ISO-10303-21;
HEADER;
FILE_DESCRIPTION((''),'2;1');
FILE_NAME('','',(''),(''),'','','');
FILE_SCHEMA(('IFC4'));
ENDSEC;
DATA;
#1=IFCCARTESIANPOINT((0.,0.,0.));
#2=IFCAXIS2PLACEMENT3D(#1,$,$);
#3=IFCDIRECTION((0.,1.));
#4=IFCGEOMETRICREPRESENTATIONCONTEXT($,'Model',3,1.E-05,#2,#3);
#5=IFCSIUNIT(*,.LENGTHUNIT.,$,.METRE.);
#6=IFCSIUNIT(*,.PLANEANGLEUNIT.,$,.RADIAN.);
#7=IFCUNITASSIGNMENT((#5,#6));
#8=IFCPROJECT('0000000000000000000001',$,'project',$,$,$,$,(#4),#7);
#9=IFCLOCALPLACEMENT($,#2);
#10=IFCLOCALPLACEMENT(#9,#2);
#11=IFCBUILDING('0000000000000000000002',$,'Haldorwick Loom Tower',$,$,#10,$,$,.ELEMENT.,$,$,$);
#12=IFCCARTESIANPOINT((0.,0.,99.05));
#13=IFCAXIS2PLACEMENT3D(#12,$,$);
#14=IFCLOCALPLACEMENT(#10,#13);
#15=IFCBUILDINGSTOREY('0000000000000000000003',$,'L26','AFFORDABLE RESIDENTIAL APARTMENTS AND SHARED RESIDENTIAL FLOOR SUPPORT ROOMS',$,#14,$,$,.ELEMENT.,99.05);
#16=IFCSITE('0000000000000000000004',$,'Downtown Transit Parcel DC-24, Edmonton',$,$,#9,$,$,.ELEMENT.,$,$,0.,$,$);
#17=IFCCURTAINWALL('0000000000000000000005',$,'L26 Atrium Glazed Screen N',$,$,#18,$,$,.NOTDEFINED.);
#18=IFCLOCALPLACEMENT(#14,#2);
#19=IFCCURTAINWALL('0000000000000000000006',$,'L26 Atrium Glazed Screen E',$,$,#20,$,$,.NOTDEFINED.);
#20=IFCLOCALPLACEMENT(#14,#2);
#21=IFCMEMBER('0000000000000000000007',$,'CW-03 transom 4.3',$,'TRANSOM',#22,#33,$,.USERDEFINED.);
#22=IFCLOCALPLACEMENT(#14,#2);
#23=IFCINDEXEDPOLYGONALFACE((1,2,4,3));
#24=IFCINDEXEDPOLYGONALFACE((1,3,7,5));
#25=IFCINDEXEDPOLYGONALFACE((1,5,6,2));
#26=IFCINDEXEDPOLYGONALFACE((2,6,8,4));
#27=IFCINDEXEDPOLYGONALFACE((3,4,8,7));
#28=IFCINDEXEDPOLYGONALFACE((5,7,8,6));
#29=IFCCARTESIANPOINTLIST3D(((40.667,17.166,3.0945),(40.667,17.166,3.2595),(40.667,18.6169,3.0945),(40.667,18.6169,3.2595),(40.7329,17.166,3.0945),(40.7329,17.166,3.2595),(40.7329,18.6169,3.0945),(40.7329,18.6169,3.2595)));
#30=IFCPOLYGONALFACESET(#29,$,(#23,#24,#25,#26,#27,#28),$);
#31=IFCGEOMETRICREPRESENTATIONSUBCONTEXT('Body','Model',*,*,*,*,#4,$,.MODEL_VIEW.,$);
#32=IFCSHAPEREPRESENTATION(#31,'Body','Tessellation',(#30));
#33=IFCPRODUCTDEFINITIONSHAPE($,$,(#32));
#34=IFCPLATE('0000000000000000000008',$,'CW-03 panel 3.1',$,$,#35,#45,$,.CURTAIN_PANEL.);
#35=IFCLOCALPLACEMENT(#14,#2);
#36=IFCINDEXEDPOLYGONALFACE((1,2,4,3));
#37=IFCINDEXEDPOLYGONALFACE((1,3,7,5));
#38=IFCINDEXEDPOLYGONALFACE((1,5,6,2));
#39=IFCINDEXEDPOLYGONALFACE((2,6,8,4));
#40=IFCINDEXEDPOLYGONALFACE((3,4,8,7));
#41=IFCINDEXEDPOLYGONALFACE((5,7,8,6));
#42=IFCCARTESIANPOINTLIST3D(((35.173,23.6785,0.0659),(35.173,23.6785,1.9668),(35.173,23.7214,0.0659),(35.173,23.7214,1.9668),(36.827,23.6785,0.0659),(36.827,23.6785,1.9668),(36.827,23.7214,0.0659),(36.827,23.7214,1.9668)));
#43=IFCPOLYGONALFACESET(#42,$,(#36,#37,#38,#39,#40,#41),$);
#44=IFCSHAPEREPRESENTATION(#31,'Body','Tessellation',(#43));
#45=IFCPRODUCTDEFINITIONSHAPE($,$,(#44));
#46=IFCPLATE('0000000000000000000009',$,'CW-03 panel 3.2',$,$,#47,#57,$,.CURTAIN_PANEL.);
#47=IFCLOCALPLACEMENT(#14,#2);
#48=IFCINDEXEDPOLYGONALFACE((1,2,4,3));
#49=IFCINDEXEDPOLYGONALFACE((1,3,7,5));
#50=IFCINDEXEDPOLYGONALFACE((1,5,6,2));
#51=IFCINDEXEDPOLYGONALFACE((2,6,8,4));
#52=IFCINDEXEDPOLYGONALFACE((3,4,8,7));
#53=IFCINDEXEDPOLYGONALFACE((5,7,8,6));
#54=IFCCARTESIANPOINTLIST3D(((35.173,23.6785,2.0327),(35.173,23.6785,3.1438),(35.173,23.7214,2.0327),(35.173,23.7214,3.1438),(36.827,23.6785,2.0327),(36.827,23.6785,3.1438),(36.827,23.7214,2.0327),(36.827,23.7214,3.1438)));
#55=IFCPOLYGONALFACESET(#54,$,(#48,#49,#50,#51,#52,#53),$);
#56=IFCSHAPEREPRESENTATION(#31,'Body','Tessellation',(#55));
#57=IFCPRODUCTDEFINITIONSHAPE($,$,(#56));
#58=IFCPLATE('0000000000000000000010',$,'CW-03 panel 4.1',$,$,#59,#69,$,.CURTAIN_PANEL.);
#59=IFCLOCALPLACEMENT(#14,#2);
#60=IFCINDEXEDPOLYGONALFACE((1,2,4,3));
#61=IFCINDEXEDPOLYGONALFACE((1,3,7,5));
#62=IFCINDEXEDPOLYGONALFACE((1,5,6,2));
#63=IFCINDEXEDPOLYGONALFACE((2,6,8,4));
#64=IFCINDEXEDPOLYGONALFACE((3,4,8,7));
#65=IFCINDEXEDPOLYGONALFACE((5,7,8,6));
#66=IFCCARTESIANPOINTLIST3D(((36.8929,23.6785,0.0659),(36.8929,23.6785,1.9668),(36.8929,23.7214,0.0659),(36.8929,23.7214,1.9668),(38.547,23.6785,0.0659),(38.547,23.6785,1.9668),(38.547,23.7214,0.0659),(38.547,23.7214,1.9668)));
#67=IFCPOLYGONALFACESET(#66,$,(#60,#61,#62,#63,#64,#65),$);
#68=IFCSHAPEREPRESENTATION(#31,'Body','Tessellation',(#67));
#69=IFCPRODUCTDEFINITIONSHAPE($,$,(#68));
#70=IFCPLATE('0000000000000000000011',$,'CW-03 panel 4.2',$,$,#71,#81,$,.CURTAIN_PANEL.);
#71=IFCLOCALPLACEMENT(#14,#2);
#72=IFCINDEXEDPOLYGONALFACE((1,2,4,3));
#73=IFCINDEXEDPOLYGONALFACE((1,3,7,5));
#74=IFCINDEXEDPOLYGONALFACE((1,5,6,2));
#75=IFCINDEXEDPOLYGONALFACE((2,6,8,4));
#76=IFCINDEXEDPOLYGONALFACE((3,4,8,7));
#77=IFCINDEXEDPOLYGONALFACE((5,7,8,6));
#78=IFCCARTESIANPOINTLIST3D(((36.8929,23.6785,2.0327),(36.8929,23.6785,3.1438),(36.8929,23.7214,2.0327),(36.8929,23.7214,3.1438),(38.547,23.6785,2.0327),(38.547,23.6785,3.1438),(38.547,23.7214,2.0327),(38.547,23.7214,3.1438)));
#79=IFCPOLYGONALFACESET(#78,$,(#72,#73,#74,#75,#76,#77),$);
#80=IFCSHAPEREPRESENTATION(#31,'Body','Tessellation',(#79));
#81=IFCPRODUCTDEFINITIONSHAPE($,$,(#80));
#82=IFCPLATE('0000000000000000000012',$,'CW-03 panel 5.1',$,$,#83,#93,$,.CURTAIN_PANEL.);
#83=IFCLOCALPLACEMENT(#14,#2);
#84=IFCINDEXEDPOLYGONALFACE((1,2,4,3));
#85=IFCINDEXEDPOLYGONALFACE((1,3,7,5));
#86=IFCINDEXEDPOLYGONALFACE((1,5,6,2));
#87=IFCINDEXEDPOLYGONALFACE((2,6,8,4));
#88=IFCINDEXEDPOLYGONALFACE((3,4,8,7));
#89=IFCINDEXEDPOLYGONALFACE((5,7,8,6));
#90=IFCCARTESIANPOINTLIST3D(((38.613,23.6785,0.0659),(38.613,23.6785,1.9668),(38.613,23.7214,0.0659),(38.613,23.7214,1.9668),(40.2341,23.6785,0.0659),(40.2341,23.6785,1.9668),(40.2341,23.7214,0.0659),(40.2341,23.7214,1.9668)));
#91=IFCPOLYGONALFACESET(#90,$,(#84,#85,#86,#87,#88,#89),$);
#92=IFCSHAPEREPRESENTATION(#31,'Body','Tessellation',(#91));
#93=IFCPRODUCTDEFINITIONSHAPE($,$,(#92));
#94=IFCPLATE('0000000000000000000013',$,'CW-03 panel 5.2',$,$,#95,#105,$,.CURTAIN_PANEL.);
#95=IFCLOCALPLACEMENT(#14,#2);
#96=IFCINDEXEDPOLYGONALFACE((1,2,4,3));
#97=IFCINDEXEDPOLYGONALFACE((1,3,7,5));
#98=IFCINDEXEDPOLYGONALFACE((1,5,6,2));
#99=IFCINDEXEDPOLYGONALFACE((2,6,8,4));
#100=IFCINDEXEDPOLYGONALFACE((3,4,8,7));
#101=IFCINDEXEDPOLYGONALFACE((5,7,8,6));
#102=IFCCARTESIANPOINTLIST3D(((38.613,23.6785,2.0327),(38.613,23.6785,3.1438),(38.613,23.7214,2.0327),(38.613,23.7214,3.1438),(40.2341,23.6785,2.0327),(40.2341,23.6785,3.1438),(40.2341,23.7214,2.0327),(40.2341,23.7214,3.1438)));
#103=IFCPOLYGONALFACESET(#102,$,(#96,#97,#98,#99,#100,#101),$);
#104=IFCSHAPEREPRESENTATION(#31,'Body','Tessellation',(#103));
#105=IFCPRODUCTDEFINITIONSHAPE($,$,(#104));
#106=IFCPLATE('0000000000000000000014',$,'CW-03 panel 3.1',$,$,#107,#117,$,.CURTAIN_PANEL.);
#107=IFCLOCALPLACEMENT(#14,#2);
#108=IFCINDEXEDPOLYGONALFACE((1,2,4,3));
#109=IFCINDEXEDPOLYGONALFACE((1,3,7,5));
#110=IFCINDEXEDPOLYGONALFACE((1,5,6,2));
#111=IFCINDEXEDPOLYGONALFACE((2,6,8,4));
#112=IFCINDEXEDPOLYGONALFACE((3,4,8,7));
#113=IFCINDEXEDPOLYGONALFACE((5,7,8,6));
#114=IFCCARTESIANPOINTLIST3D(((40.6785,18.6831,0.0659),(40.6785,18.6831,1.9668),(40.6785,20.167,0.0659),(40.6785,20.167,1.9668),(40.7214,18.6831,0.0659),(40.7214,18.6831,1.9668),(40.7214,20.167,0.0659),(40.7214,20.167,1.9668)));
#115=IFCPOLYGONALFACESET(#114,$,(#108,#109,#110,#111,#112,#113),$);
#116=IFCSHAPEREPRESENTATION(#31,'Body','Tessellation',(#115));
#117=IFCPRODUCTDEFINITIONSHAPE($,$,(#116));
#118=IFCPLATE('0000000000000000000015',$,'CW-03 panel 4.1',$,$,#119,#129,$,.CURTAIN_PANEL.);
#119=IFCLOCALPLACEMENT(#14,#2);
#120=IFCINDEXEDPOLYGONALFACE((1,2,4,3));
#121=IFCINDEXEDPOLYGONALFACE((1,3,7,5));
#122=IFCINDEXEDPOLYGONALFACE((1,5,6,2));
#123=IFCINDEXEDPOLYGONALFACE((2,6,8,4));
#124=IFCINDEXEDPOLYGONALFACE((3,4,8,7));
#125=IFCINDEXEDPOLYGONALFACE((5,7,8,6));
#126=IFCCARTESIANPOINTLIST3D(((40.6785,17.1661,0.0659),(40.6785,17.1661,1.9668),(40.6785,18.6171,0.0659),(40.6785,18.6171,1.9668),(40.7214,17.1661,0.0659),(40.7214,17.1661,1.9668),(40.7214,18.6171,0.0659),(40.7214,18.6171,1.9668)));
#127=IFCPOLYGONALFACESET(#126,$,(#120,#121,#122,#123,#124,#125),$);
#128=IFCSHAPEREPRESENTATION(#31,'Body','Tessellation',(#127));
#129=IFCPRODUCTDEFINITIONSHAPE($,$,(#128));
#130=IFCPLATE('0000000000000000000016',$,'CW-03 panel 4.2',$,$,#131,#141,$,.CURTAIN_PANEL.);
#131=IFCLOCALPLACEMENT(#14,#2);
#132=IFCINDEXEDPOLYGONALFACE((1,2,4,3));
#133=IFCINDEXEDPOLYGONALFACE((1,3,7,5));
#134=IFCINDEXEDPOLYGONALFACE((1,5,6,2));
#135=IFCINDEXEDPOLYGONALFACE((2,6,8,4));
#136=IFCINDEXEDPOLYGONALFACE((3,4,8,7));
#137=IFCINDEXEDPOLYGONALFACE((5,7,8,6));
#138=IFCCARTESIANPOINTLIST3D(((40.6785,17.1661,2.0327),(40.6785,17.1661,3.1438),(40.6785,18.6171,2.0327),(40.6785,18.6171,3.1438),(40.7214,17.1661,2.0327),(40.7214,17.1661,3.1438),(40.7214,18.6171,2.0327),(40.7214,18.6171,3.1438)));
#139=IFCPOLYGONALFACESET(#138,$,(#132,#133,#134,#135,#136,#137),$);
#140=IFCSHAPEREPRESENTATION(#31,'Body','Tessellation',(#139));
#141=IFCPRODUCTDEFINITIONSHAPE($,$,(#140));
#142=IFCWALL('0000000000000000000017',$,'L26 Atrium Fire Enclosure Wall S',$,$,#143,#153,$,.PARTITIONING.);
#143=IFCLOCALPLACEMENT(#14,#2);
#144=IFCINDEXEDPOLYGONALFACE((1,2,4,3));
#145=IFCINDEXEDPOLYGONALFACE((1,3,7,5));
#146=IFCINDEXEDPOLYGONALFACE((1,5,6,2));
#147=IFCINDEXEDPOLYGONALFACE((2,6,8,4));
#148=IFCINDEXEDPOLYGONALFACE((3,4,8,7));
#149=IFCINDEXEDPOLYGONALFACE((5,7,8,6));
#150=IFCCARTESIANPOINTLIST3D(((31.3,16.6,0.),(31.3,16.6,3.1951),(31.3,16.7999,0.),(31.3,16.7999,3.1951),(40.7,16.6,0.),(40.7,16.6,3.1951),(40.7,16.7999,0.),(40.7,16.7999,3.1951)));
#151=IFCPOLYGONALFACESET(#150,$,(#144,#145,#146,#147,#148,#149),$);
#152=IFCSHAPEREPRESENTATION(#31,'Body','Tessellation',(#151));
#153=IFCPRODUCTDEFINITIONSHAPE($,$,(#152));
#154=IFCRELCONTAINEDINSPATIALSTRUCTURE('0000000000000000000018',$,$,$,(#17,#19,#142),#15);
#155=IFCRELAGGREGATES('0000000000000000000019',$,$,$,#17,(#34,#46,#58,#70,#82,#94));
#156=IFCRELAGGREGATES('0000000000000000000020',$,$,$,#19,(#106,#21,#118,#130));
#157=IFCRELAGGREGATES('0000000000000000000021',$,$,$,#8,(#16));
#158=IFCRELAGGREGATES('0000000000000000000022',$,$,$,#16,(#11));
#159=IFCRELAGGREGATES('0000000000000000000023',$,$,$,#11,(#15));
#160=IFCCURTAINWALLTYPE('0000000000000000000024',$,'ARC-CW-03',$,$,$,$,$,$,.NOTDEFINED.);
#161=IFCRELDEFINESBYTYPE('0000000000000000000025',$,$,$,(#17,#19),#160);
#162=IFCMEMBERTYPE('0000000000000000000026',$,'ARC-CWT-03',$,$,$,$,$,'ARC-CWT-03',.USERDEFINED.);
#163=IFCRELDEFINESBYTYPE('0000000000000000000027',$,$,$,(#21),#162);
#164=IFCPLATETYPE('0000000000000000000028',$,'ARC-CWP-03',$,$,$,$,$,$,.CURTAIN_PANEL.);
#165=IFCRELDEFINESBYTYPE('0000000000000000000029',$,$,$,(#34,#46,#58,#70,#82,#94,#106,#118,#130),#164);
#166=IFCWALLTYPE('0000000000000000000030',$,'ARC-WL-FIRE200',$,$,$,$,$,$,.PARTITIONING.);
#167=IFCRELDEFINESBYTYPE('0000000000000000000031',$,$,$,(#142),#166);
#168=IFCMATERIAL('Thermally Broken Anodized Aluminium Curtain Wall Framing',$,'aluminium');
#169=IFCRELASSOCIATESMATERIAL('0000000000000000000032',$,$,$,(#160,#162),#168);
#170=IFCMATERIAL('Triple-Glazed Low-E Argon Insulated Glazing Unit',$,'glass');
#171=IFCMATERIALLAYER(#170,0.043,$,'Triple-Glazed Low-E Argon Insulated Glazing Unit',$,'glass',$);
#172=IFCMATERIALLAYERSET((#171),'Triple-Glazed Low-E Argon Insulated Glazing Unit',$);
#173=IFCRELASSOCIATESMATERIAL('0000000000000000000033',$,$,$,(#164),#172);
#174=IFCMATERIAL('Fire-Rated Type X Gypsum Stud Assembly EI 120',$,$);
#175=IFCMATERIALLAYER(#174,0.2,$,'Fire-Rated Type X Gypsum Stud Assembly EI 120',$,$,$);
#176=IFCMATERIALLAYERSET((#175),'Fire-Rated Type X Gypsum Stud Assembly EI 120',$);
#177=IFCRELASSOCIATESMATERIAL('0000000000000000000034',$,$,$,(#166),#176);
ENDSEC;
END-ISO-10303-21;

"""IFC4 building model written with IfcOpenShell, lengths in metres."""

from ifc_helpers import new_model, si_unit, direction, frame, frame_2d, origin, origin_2d, place, context, subcontext, project, spatial, rectangle, extrude, material, layer, layer_set, material_profile, profile_set, type_object, element, aggregate, save


model = new_model("IFC4")

# Units and contexts
model_context = context("Model", 3, precision=1e-05, world=origin(), true_north=direction((0.0, 1.0)))
body_context = subcontext(model_context, "Body", "Model", "MODEL_VIEW")
ifc_project = project(units=[si_unit("LENGTHUNIT", "METRE"), si_unit("PLANEANGLEUNIT", "RADIAN")], contexts=[model_context])

# Site, building, storey
site_placement = place(None, origin())
site = spatial("IfcSite", under=ifc_project, at=site_placement, Name="Downtown Transit Parcel DC-24, Edmonton", CompositionType="ELEMENT", RefElevation=0.0)
building_placement = place(site_placement, origin())
building = spatial("IfcBuilding", under=site, at=building_placement, Name="Haldorwick Loom Tower", CompositionType="ELEMENT")
storey_placement = place(building_placement, frame((0.0, 0.0, 99.05)))
storey = spatial("IfcBuildingStorey", under=building, at=storey_placement, Name="L26", Description="AFFORDABLE RESIDENTIAL APARTMENTS AND SHARED RESIDENTIAL FLOOR SUPPORT ROOMS", CompositionType="ELEMENT", Elevation=99.05)

# Curtain walls
ifc_material_1 = material(Name="Thermally Broken Anodized Aluminium Curtain Wall Framing", Category="aluminium")
curtain_wall_type = type_object("IfcCurtainWallType", Name="ARC-CW-03", PredefinedType="NOTDEFINED", material=ifc_material_1)
curtain_wall_1_placement = place(storey_placement, origin())
curtain_wall_1 = element("IfcCurtainWall", 1, at=curtain_wall_1_placement, inside=storey, type_object=curtain_wall_type, Name="L26 Atrium Glazed Screen N", PredefinedType="NOTDEFINED")
curtain_wall_2_placement = place(storey_placement, origin())
curtain_wall_2 = element("IfcCurtainWall", 2, at=curtain_wall_2_placement, inside=storey, type_object=curtain_wall_type, Name="L26 Atrium Glazed Screen E", PredefinedType="NOTDEFINED")

# Member
ifc_material_profile_1 = material_profile(ifc_material_1, rectangle(XDim=0.0659, YDim=0.165, at=origin_2d()), Name="ALU_TRN_66X165", Category="aluminium")
ifc_profile_set_1 = profile_set([ifc_material_profile_1], Name="Thermally Broken Anodized Aluminium Curtain Wall Framing")
member_type_1 = type_object("IfcMemberType", Name="ARC-CWT-03", ElementType="ARC-CWT-03", PredefinedType="USERDEFINED", material=ifc_profile_set_1)
member_1_placement = place(storey_placement, frame((40.7, 18.6169, 3.177), z_axis=(0.0, -1.0, 0.0), x_axis=(1.0, 0.0, 0.0)))
member_1 = element("IfcMember", 3, at=member_1_placement, type_object=member_type_1, Name="CW-03 transom 4.3", ObjectType="TRANSOM", PredefinedType="USERDEFINED", context=body_context, shape_type="SweptSolid", body=[
    extrude(rectangle(XDim=0.0659, YDim=0.165, at=origin_2d()), origin(), (0.0, 0.0, 1.0), 1.4509),
])

# Plates
ifc_material_2 = material(Name="Triple-Glazed Low-E Argon Insulated Glazing Unit", Category="glass")
ifc_layer_1 = layer(ifc_material_2, 0.043, Name="Triple-Glazed Low-E Argon Insulated Glazing Unit", Category="glass")
ifc_layer_set_1 = layer_set([ifc_layer_1], Name="Triple-Glazed Low-E Argon Insulated Glazing Unit")
plate_type = type_object("IfcPlateType", Name="ARC-CWP-03", PredefinedType="CURTAIN_PANEL", material=ifc_layer_set_1)
plate_1_placement = place(storey_placement, frame((36.0, 23.7, 0.0659), z_axis=(0.0, 0.0, 1.0), x_axis=(1.0, 0.0, 0.0)))
plate_1 = element("IfcPlate", 4, at=plate_1_placement, type_object=plate_type, Name="CW-03 panel 3.1", PredefinedType="CURTAIN_PANEL", context=body_context, shape_type="SweptSolid", body=[
    extrude(rectangle(XDim=1.6541, YDim=0.043, at=origin_2d()), origin(), (0.0, 0.0, 1.0), 1.9009),
])
plate_2_placement = place(storey_placement, frame((36.0, 23.7, 2.0327), z_axis=(0.0, 0.0, 1.0), x_axis=(1.0, 0.0, 0.0)))
plate_2 = element("IfcPlate", 5, at=plate_2_placement, type_object=plate_type, Name="CW-03 panel 3.2", PredefinedType="CURTAIN_PANEL", context=body_context, shape_type="SweptSolid", body=[
    extrude(rectangle(XDim=1.6541, YDim=0.043, at=origin_2d()), origin(), (0.0, 0.0, 1.0), 1.1111),
])
plate_3_placement = place(storey_placement, frame((37.72, 23.7, 0.0659), z_axis=(0.0, 0.0, 1.0), x_axis=(1.0, 0.0, 0.0)))
plate_3 = element("IfcPlate", 6, at=plate_3_placement, type_object=plate_type, Name="CW-03 panel 4.1", PredefinedType="CURTAIN_PANEL", context=body_context, shape_type="SweptSolid", body=[
    extrude(rectangle(XDim=1.6541, YDim=0.043, at=origin_2d()), origin(), (0.0, 0.0, 1.0), 1.9009),
])
plate_4_placement = place(storey_placement, frame((37.72, 23.7, 2.0327), z_axis=(0.0, 0.0, 1.0), x_axis=(1.0, 0.0, 0.0)))
plate_4 = element("IfcPlate", 7, at=plate_4_placement, type_object=plate_type, Name="CW-03 panel 4.2", PredefinedType="CURTAIN_PANEL", context=body_context, shape_type="SweptSolid", body=[
    extrude(rectangle(XDim=1.6541, YDim=0.043, at=origin_2d()), origin(), (0.0, 0.0, 1.0), 1.1111),
])
plate_5_placement = place(storey_placement, frame((39.4236, 23.7, 0.0659), z_axis=(0.0, 0.0, 1.0), x_axis=(1.0, 0.0, 0.0)))
plate_5 = element("IfcPlate", 8, at=plate_5_placement, type_object=plate_type, Name="CW-03 panel 5.1", PredefinedType="CURTAIN_PANEL", context=body_context, shape_type="SweptSolid", body=[
    extrude(rectangle(XDim=1.6211, YDim=0.043, at=origin_2d()), origin(), (0.0, 0.0, 1.0), 1.9009),
])
plate_6_placement = place(storey_placement, frame((39.4236, 23.7, 2.0327), z_axis=(0.0, 0.0, 1.0), x_axis=(1.0, 0.0, 0.0)))
plate_6 = element("IfcPlate", 9, at=plate_6_placement, type_object=plate_type, Name="CW-03 panel 5.2", PredefinedType="CURTAIN_PANEL", context=body_context, shape_type="SweptSolid", body=[
    extrude(rectangle(XDim=1.6211, YDim=0.043, at=origin_2d()), origin(), (0.0, 0.0, 1.0), 1.1111),
])
aggregate(curtain_wall_1, [plate_1, plate_2, plate_3, plate_4, plate_5, plate_6])
plate_7_placement = place(storey_placement, frame((40.7, 19.425, 0.0659), z_axis=(0.0, 0.0, 1.0), x_axis=(0.0, -1.0, 0.0)))
plate_7 = element("IfcPlate", 10, at=plate_7_placement, type_object=plate_type, Name="CW-03 panel 3.1", PredefinedType="CURTAIN_PANEL", context=body_context, shape_type="SweptSolid", body=[
    extrude(rectangle(XDim=1.4839, YDim=0.043, at=origin_2d()), origin(), (0.0, 0.0, 1.0), 1.9009),
])
plate_8_placement = place(storey_placement, frame((40.7, 17.8916, 0.0659), z_axis=(0.0, 0.0, 1.0), x_axis=(0.0, -1.0, 0.0)))
plate_8 = element("IfcPlate", 11, at=plate_8_placement, type_object=plate_type, Name="CW-03 panel 4.1", PredefinedType="CURTAIN_PANEL", context=body_context, shape_type="SweptSolid", body=[
    extrude(rectangle(XDim=1.4509, YDim=0.043, at=origin_2d()), origin(), (0.0, 0.0, 1.0), 1.9009),
])
plate_9_placement = place(storey_placement, frame((40.7, 17.8916, 2.0327), z_axis=(0.0, 0.0, 1.0), x_axis=(0.0, -1.0, 0.0)))
plate_9 = element("IfcPlate", 12, at=plate_9_placement, type_object=plate_type, Name="CW-03 panel 4.2", PredefinedType="CURTAIN_PANEL", context=body_context, shape_type="SweptSolid", body=[
    extrude(rectangle(XDim=1.4509, YDim=0.043, at=origin_2d()), origin(), (0.0, 0.0, 1.0), 1.1111),
])
aggregate(curtain_wall_2, [plate_7, member_1, plate_8, plate_9])

# Wall
ifc_material_3 = material(Name="Fire-Rated Type X Gypsum Stud Assembly EI 120")
ifc_layer_2 = layer(ifc_material_3, 0.2, Name="Fire-Rated Type X Gypsum Stud Assembly EI 120")
ifc_layer_set_2 = layer_set([ifc_layer_2], Name="Fire-Rated Type X Gypsum Stud Assembly EI 120")
wall_type = type_object("IfcWallType", Name="ARC-WL-FIRE200", PredefinedType="PARTITIONING", material=ifc_layer_set_2)
wall_placement = place(storey_placement, frame((40.7, 16.7, 0.0), z_axis=(0.0, 0.0, 1.0), x_axis=(-1.0, 0.0, 0.0)))
element("IfcWall", 13, at=wall_placement, inside=storey, type_object=wall_type, Name="L26 Atrium Fire Enclosure Wall S", PredefinedType="PARTITIONING", context=body_context, shape_type="SweptSolid", body=[
    extrude(rectangle(XDim=9.3999, YDim=0.2, at=frame_2d((4.7, 0.0))), origin(), (0.0, 0.0, 1.0), 3.1951),
])

save(model, "model.ifc")
